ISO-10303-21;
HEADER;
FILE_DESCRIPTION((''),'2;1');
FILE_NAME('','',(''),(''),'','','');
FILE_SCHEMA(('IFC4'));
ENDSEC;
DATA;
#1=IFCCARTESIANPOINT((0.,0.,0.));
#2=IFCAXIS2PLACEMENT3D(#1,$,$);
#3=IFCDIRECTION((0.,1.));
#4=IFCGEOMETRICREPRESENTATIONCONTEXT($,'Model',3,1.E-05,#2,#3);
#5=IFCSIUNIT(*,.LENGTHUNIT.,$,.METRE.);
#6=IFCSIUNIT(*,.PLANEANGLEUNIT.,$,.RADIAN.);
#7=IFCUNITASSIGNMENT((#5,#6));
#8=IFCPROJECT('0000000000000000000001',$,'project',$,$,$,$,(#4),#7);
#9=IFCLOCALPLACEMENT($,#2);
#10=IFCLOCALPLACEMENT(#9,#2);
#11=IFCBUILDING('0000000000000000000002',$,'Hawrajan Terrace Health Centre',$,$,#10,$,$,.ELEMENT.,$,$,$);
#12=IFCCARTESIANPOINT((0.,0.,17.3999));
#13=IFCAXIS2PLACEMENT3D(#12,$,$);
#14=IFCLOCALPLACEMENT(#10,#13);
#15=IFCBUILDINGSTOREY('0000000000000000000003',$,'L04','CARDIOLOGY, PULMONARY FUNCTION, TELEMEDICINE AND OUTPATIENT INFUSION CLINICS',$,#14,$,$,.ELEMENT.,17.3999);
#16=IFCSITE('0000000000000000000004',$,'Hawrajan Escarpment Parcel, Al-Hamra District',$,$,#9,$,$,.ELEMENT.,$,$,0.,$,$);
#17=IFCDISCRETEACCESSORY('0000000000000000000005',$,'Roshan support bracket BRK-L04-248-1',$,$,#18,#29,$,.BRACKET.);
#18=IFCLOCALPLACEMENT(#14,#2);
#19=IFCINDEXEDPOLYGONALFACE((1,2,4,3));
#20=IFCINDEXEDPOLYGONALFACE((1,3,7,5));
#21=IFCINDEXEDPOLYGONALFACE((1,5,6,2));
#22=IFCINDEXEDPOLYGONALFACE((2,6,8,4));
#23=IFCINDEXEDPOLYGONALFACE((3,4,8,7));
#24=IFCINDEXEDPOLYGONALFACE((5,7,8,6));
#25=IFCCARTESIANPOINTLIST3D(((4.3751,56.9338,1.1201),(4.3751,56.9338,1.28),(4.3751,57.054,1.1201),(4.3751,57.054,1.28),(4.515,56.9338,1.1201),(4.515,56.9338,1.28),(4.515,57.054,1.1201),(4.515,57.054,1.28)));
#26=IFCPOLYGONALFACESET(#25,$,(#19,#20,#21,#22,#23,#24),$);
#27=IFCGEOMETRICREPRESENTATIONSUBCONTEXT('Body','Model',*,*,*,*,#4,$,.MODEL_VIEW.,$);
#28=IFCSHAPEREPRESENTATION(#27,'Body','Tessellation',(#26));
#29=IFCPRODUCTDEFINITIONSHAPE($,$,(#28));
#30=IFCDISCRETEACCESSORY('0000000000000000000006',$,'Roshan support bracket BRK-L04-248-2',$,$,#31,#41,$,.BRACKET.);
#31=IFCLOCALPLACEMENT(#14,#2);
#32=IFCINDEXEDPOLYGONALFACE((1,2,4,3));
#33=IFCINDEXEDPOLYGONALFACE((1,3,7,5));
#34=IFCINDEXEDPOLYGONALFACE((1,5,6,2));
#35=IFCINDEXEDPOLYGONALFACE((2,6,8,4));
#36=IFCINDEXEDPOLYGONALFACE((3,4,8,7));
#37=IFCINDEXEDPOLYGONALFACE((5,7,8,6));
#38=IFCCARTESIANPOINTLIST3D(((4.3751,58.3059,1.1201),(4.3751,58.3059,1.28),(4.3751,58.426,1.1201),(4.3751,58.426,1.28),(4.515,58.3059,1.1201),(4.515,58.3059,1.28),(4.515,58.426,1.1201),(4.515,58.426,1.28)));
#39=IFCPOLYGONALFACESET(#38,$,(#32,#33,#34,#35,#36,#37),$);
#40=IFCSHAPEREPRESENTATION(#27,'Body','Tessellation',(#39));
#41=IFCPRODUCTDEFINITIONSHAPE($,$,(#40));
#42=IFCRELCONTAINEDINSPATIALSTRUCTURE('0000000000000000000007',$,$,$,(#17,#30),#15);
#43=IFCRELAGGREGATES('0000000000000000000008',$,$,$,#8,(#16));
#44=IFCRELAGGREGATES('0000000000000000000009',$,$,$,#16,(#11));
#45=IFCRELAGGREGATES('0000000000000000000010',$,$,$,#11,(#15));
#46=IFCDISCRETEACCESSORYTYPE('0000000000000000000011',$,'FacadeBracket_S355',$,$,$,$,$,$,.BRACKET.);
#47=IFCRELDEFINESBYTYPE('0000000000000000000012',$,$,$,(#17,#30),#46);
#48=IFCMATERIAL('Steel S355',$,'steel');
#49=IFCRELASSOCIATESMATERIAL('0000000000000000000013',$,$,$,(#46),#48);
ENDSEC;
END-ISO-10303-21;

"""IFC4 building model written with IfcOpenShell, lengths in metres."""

from ifc_helpers import new_model, si_unit, direction, frame, origin, origin_2d, place, context, subcontext, project, spatial, rectangle, extrude, material, type_object, element, save


model = new_model("IFC4")

# Units and contexts
model_context = context("Model", 3, precision=1e-05, world=origin(), true_north=direction((0.0, 1.0)))
body_context = subcontext(model_context, "Body", "Model", "MODEL_VIEW")
ifc_project = project(units=[si_unit("LENGTHUNIT", "METRE"), si_unit("PLANEANGLEUNIT", "RADIAN")], contexts=[model_context])

# Site, building, storey
site_placement = place(None, origin())
site = spatial("IfcSite", under=ifc_project, at=site_placement, Name="Hawrajan Escarpment Parcel, Al-Hamra District", CompositionType="ELEMENT", RefElevation=0.0)
building_placement = place(site_placement, origin())
building = spatial("IfcBuilding", under=site, at=building_placement, Name="Hawrajan Terrace Health Centre", CompositionType="ELEMENT")
storey_placement = place(building_placement, frame((0.0, 0.0, 17.3999)))
storey = spatial("IfcBuildingStorey", under=building, at=storey_placement, Name="L04", Description="CARDIOLOGY, PULMONARY FUNCTION, TELEMEDICINE AND OUTPATIENT INFUSION CLINICS", CompositionType="ELEMENT", Elevation=17.3999)

# Discrete accessories
ifc_material_1 = material(Name="Steel S355", Category="steel")
discrete_accessory_type = type_object("IfcDiscreteAccessoryType", Name="FacadeBracket_S355", PredefinedType="BRACKET", material=ifc_material_1)
for number, where, z_axis, x_axis, name in (
    (1, (4.4451, 56.9939, 1.1201), (0.0, 0.0, 1.0), (0.0, 1.0, 0.0), "Roshan support bracket BRK-L04-248-1"),
    (2, (4.4451, 58.366, 1.1201), (0.0, 0.0, 1.0), (0.0, 1.0, 0.0), "Roshan support bracket BRK-L04-248-2"),
):
    element("IfcDiscreteAccessory", number, at=place(storey_placement, frame(where, z_axis=z_axis, x_axis=x_axis)), inside=storey, type_object=discrete_accessory_type, Name=name, PredefinedType="BRACKET", context=body_context, shape_type="SweptSolid", body=[
        extrude(rectangle(XDim=0.1201, YDim=0.1399, at=origin_2d()), origin(), (0.0, 0.0, 1.0), 0.1599),
    ])

save(model, "model.ifc")
